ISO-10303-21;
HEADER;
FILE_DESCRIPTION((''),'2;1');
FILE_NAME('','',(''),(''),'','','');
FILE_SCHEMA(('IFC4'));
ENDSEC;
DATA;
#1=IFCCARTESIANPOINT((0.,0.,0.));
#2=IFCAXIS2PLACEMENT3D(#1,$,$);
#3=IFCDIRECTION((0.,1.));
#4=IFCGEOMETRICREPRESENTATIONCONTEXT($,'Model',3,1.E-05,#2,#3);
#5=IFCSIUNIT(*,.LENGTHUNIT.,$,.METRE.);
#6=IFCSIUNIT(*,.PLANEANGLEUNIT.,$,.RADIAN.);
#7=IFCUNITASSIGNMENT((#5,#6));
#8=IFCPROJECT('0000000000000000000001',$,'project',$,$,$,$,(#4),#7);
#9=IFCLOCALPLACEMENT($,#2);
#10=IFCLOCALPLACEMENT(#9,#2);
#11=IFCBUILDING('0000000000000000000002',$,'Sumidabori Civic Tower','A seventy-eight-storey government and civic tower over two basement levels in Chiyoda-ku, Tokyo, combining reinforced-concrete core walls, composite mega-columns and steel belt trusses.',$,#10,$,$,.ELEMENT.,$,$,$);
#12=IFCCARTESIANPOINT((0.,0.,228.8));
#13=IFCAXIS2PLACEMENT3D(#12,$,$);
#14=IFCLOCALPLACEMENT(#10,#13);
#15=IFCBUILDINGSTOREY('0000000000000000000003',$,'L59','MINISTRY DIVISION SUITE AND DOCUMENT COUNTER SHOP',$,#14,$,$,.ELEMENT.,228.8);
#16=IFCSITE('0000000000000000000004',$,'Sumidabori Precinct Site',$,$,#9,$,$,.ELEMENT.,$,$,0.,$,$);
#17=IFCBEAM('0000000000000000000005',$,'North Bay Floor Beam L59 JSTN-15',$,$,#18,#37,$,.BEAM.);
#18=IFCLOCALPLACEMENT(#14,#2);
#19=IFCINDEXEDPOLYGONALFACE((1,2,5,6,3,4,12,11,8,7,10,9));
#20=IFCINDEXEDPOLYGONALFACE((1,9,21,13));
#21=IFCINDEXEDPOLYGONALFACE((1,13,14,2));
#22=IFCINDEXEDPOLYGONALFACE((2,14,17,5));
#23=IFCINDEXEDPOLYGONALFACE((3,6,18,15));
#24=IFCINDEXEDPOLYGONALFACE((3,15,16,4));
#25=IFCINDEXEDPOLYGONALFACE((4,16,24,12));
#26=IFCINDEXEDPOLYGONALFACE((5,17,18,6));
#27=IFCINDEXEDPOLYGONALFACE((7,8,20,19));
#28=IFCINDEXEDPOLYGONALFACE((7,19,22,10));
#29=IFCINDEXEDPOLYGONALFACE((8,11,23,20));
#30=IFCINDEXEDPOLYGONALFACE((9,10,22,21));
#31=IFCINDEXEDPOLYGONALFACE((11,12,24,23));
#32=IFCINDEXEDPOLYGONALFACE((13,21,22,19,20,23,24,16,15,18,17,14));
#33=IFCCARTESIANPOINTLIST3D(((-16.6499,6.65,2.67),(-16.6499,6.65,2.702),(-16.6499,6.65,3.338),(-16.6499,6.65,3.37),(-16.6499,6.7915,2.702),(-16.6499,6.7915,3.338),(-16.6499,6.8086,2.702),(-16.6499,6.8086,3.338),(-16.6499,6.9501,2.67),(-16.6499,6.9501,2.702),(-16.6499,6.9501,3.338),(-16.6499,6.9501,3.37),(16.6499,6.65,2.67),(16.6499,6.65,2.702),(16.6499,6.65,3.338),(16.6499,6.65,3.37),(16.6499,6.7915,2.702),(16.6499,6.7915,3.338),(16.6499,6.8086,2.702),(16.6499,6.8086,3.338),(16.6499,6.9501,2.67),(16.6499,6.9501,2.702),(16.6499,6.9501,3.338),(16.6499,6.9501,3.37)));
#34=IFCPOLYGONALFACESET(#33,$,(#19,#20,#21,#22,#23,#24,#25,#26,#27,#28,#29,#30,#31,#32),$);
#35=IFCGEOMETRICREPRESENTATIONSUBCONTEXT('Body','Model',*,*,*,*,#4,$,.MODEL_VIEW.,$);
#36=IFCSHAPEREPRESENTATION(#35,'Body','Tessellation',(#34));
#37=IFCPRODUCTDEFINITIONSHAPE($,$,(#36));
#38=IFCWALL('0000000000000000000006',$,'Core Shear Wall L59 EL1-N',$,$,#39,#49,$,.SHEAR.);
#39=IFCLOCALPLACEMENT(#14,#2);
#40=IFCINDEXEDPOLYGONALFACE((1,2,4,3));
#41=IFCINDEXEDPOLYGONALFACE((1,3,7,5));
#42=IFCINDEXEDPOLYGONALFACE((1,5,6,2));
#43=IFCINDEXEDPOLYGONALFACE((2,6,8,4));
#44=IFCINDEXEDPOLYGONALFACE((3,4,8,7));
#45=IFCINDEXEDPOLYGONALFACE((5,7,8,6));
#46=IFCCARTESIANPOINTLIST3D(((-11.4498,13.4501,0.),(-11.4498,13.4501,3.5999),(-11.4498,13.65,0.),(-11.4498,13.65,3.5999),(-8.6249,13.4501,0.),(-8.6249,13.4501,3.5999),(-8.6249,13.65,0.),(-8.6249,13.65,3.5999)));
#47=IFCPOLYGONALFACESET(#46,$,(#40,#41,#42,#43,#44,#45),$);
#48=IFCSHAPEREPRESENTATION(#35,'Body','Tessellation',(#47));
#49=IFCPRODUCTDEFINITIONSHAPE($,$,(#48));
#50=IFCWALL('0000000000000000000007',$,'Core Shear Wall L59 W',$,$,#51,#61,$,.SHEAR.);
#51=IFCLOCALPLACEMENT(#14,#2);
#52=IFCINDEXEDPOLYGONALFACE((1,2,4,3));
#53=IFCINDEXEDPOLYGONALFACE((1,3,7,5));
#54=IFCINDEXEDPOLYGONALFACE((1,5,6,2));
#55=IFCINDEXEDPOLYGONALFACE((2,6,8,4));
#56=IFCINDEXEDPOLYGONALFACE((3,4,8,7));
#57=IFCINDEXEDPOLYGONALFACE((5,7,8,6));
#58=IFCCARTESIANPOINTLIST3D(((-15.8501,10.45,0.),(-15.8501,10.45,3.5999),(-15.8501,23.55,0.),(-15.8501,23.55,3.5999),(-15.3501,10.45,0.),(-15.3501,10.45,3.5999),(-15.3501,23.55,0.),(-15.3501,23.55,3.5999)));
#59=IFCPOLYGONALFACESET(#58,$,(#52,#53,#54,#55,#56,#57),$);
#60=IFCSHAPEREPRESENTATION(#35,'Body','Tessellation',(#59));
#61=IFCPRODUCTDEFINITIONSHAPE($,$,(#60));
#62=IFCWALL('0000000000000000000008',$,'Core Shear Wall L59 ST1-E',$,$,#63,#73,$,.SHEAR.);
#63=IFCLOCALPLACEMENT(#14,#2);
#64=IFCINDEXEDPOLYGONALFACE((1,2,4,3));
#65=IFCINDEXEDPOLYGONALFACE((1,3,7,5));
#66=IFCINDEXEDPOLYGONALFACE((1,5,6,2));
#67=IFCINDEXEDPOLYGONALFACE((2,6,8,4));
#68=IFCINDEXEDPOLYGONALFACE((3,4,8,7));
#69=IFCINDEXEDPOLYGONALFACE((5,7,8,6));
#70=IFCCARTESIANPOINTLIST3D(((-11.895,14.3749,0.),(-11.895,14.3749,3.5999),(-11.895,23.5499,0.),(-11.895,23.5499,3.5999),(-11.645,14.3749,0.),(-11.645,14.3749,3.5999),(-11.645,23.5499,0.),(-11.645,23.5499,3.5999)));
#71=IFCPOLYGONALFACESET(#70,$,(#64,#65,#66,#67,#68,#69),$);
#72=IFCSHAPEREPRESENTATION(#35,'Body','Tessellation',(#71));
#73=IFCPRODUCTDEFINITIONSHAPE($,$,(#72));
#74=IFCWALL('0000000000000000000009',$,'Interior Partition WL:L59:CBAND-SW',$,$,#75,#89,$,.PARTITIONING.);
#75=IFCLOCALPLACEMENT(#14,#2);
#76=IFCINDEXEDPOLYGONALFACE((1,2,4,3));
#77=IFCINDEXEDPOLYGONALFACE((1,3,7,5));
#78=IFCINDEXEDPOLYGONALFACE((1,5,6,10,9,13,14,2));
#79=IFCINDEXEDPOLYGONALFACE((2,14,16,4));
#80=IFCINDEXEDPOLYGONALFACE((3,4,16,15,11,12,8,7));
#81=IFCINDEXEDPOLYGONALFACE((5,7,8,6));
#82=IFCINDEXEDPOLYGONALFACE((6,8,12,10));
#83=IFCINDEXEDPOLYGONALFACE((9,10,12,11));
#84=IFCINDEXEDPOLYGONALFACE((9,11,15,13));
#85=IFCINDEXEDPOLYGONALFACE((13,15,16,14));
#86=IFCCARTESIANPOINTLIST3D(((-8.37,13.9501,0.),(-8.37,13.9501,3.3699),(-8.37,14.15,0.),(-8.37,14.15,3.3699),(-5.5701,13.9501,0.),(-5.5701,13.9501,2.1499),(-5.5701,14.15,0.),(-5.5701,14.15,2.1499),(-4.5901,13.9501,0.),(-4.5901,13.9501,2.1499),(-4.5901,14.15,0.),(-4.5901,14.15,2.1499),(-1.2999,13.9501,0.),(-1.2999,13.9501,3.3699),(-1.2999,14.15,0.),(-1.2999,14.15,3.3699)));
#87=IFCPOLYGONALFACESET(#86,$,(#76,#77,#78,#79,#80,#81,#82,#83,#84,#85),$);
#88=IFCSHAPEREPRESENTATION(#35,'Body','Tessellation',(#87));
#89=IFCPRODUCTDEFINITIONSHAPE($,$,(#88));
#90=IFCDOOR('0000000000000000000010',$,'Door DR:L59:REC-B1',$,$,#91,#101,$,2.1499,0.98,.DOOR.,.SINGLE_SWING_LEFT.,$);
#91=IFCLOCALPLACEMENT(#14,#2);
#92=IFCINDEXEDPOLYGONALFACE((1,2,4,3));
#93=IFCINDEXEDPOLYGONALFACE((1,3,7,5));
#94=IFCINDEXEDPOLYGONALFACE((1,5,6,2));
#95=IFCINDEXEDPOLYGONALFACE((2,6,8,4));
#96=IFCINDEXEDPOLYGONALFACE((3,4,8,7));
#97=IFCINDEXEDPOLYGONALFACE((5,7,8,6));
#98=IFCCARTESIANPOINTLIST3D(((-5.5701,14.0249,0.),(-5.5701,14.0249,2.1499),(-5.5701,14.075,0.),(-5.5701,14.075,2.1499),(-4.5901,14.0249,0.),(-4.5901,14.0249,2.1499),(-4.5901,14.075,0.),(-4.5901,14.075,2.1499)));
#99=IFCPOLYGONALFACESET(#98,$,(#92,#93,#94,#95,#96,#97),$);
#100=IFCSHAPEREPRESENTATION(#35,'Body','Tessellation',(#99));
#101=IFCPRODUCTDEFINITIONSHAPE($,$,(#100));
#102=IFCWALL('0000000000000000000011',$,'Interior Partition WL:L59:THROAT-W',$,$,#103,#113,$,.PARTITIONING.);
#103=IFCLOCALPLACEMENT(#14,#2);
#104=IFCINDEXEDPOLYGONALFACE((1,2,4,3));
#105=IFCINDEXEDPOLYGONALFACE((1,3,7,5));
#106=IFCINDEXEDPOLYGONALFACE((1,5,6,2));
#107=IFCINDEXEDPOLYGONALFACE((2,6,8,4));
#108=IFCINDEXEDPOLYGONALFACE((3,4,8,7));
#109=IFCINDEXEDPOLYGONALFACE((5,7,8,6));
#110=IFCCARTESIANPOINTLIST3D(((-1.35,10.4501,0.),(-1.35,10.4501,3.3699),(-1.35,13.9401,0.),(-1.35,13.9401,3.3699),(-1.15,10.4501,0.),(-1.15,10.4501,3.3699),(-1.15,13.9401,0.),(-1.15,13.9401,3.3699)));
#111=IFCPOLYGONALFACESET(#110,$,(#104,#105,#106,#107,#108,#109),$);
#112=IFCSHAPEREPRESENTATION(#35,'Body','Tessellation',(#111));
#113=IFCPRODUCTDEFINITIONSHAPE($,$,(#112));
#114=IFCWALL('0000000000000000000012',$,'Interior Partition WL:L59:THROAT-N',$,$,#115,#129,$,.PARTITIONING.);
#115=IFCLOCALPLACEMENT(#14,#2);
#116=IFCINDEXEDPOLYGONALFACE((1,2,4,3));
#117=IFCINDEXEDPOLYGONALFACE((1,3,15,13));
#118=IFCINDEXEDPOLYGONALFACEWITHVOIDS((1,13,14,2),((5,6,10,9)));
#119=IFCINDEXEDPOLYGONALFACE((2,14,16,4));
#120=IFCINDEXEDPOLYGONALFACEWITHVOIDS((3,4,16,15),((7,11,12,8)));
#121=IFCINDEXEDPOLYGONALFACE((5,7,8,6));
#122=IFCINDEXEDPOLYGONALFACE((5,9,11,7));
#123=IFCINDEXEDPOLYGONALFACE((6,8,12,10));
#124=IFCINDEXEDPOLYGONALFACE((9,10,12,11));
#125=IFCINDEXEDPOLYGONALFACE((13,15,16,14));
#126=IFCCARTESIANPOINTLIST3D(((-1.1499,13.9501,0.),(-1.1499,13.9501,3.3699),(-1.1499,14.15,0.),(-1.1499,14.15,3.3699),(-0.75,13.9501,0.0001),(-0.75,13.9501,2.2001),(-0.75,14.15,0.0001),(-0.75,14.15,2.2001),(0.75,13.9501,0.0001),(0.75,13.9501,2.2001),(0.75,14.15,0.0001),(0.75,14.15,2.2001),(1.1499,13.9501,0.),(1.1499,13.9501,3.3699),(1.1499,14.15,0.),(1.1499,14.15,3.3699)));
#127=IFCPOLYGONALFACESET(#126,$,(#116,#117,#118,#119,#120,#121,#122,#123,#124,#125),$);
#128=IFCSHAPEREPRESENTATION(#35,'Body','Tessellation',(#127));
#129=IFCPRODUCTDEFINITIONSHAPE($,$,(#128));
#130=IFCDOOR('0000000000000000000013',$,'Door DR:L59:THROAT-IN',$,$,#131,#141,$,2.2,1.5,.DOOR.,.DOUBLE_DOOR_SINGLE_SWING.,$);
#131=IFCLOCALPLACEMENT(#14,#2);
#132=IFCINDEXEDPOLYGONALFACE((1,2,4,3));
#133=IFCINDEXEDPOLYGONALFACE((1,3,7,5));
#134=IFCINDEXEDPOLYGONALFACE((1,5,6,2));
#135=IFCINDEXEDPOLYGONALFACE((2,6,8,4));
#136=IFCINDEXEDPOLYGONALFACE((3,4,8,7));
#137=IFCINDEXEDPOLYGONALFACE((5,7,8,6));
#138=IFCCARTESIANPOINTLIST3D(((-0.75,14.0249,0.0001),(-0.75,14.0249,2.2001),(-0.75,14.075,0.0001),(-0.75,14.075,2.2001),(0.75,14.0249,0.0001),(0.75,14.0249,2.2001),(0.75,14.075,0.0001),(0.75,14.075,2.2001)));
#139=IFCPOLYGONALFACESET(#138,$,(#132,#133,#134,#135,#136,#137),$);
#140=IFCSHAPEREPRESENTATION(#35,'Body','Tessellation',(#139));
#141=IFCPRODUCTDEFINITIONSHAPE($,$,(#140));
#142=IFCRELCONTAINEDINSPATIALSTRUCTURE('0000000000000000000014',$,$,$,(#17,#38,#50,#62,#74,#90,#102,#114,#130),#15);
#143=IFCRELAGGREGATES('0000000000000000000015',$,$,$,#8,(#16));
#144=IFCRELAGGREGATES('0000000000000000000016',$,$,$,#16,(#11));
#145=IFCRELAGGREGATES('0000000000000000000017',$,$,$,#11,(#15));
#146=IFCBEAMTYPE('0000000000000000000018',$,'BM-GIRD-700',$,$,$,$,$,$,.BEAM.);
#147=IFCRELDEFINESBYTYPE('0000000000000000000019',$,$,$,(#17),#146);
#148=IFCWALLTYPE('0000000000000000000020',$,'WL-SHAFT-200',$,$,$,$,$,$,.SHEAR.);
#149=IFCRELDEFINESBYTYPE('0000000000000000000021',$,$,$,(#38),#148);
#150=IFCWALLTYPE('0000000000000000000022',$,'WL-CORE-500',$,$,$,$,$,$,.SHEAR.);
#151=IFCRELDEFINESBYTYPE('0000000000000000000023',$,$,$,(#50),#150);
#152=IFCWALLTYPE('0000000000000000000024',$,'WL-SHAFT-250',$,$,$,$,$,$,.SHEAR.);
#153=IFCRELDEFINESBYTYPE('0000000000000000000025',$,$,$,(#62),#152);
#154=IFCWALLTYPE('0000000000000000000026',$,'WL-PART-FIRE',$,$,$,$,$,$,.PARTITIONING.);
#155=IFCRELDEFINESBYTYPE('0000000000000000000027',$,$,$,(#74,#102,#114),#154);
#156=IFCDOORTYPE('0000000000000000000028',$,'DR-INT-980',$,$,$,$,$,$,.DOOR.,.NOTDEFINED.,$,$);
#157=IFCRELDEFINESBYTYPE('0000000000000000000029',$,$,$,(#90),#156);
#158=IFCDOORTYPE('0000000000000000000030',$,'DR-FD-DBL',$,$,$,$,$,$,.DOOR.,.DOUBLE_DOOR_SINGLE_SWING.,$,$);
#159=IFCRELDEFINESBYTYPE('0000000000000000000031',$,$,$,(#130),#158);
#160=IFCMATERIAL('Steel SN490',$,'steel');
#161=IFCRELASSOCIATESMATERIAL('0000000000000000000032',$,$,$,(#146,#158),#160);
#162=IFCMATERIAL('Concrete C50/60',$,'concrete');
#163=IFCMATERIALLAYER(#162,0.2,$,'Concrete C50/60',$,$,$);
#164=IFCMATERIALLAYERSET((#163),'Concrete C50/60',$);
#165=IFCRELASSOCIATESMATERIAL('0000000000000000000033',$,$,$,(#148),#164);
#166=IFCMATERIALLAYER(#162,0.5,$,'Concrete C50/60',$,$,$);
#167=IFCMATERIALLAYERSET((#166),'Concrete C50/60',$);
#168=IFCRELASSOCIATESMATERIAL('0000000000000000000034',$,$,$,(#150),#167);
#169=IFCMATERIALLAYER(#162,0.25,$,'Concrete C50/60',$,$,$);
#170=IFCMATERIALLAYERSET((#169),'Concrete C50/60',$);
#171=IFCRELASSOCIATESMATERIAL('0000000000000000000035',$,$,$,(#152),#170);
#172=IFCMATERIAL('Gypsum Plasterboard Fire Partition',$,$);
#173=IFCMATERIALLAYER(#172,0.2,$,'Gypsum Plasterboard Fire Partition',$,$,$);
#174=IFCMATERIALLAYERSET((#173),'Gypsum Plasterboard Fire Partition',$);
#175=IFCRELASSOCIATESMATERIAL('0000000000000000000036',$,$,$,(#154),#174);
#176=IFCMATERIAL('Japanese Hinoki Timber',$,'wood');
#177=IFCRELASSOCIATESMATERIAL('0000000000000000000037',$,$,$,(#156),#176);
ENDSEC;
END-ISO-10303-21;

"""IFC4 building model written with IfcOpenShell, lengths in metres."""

from ifc_helpers import new_model, si_unit, direction, frame, frame_2d, origin, origin_2d, place, context, subcontext, project, spatial, rectangle, i_section, extrude, source, transform, mapped, material, layer, layer_set, material_profile, profile_set, type_object, element, fill, save


model = new_model("IFC4")

# Units and contexts
model_context = context("Model", 3, precision=1e-05, world=origin(), true_north=direction((0.0, 1.0)))
body_context = subcontext(model_context, "Body", "Model", "MODEL_VIEW")
ifc_project = project(units=[si_unit("LENGTHUNIT", "METRE"), si_unit("PLANEANGLEUNIT", "RADIAN")], contexts=[model_context])

# Site, building, storey
site_placement = place(None, origin())
site = spatial("IfcSite", under=ifc_project, at=site_placement, Name="Sumidabori Precinct Site", CompositionType="ELEMENT", RefElevation=0.0)
building_placement = place(site_placement, origin())
building = spatial("IfcBuilding", under=site, at=building_placement, Name="Sumidabori Civic Tower", Description="A seventy-eight-storey government and civic tower over two basement levels in Chiyoda-ku, Tokyo, combining reinforced-concrete core walls, composite mega-columns and steel belt trusses.", CompositionType="ELEMENT")
storey_placement = place(building_placement, frame((0.0, 0.0, 228.8)))
storey = spatial("IfcBuildingStorey", under=building, at=storey_placement, Name="L59", Description="MINISTRY DIVISION SUITE AND DOCUMENT COUNTER SHOP", CompositionType="ELEMENT", Elevation=228.8)

# Beam
ifc_material_1 = material(Name="Steel SN490", Category="steel")
ifc_material_profile = material_profile(ifc_material_1, i_section(OverallWidth=0.3, OverallDepth=0.7, WebThickness=0.0171, FlangeThickness=0.032, at=origin_2d()), Name="HE 700 B")
ifc_profile_set = profile_set([ifc_material_profile], Name="Steel SN490")
beam_type = type_object("IfcBeamType", Name="BM-GIRD-700", PredefinedType="BEAM", material=ifc_profile_set)
shared_shape_1 = source(origin(), body_context, "Body", "SweptSolid", [
    extrude(i_section(OverallWidth=0.3, OverallDepth=0.7, WebThickness=0.0171, FlangeThickness=0.032, at=origin_2d()), origin(), (0.0, 0.0, 1.0), 33.2998),
])
beam_placement = place(storey_placement, frame((-16.6499, 6.8, 3.02), z_axis=(1.0, 0.0, 0.0), x_axis=(0.0, 1.0, 0.0)))
element("IfcBeam", 1, at=beam_placement, inside=storey, type_object=beam_type, Name="North Bay Floor Beam L59 JSTN-15", PredefinedType="BEAM", context=body_context, shape_type="MappedRepresentation", body=[
    mapped(shared_shape_1, transform((0.0, 0.0, 0.0), x_axis=(1.0, 0.0, 0.0), y_axis=(0.0, 1.0, 0.0), z_axis=(0.0, 0.0, 1.0), scale=1.0)),
])

# Wall
ifc_material_2 = material(Name="Concrete C50/60", Category="concrete")
ifc_layer_1 = layer(ifc_material_2, 0.2, Name="Concrete C50/60")
ifc_layer_set_1 = layer_set([ifc_layer_1], Name="Concrete C50/60")
wall_type_1 = type_object("IfcWallType", Name="WL-SHAFT-200", PredefinedType="SHEAR", material=ifc_layer_set_1)
shared_shape_2 = source(origin(), body_context, "Body", "SweptSolid", [
    extrude(rectangle(XDim=2.825, YDim=0.2, at=frame_2d((1.4126, 0.0))), origin(), (0.0, 0.0, 1.0), 3.5999),
])
wall_1_placement = place(storey_placement, frame((-11.45, 13.55, 0.0), z_axis=(0.0, 0.0, 1.0), x_axis=(1.0, 0.0, 0.0)))
element("IfcWall", 2, at=wall_1_placement, inside=storey, type_object=wall_type_1, Name="Core Shear Wall L59 EL1-N", PredefinedType="SHEAR", context=body_context, shape_type="MappedRepresentation", body=[
    mapped(shared_shape_2, transform((0.0, 0.0, 0.0), x_axis=(1.0, 0.0, 0.0), y_axis=(0.0, 1.0, 0.0), z_axis=(0.0, 0.0, 1.0), scale=1.0)),
])

# Shared definitions
ifc_layer_2 = layer(ifc_material_2, 0.5, Name="Concrete C50/60")
ifc_layer_set_2 = layer_set([ifc_layer_2], Name="Concrete C50/60")
wall_type_2 = type_object("IfcWallType", Name="WL-CORE-500", PredefinedType="SHEAR", material=ifc_layer_set_2)
door_type_1 = type_object("IfcDoorType", Name="DR-FD-DBL", OperationType="DOUBLE_DOOR_SINGLE_SWING", PredefinedType="DOOR", material=ifc_material_1)
shared_shape_3 = source(origin(), body_context, "Body", "SweptSolid", [
    extrude(rectangle(XDim=1.5, YDim=2.2, at=frame_2d((0.75, 1.1001))), frame((0.0, 0.0249, 0.0), z_axis=(0.0, -1.0, 0.0), x_axis=(1.0, 0.0, 0.0)), (0.0, 0.0, 1.0), 0.05),
])

# Wall
shared_shape_4 = source(origin(), body_context, "Body", "SweptSolid", [
    extrude(rectangle(XDim=13.1001, YDim=0.5, at=frame_2d((6.55, 0.0))), origin(), (0.0, 0.0, 1.0), 3.5999),
])
wall_2_placement = place(storey_placement, frame((-15.6001, 10.45, 0.0), z_axis=(0.0, 0.0, 1.0), x_axis=(0.0, 1.0, 0.0)))
element("IfcWall", 3, at=wall_2_placement, inside=storey, type_object=wall_type_2, Name="Core Shear Wall L59 W", PredefinedType="SHEAR", context=body_context, shape_type="MappedRepresentation", body=[
    mapped(shared_shape_4, transform((0.0, 0.0, 0.0), x_axis=(1.0, 0.0, 0.0), y_axis=(0.0, 1.0, 0.0), z_axis=(0.0, 0.0, 1.0), scale=1.0)),
])

# Shared definitions
ifc_layer_3 = layer(ifc_material_2, 0.25, Name="Concrete C50/60")
ifc_layer_set_3 = layer_set([ifc_layer_3], Name="Concrete C50/60")
wall_type_3 = type_object("IfcWallType", Name="WL-SHAFT-250", PredefinedType="SHEAR", material=ifc_layer_set_3)

# Wall
shared_shape_5 = source(origin(), body_context, "Body", "SweptSolid", [
    extrude(rectangle(XDim=9.175, YDim=0.25, at=frame_2d((4.5874, 0.0))), origin(), (0.0, 0.0, 1.0), 3.5999),
])
wall_3_placement = place(storey_placement, frame((-11.77, 14.375, 0.0), z_axis=(0.0, 0.0, 1.0), x_axis=(0.0, 1.0, 0.0)))
element("IfcWall", 4, at=wall_3_placement, inside=storey, type_object=wall_type_3, Name="Core Shear Wall L59 ST1-E", PredefinedType="SHEAR", context=body_context, shape_type="MappedRepresentation", body=[
    mapped(shared_shape_5, transform((0.0, 0.0, 0.0), x_axis=(1.0, 0.0, 0.0), y_axis=(0.0, 1.0, 0.0), z_axis=(0.0, 0.0, 1.0), scale=1.0)),
])

# Wall, opening, door
ifc_material_3 = material(Name="Gypsum Plasterboard Fire Partition")
ifc_layer_4 = layer(ifc_material_3, 0.2, Name="Gypsum Plasterboard Fire Partition")
ifc_layer_set_4 = layer_set([ifc_layer_4], Name="Gypsum Plasterboard Fire Partition")
wall_type_4 = type_object("IfcWallType", Name="WL-PART-FIRE", PredefinedType="PARTITIONING", material=ifc_layer_set_4)
shared_shape_6 = source(origin(), body_context, "Body", "SweptSolid", [
    extrude(rectangle(XDim=7.0701, YDim=0.2, at=frame_2d((3.5352, 0.0))), origin(), (0.0, 0.0, 1.0), 3.3699),
])
wall_4_placement = place(storey_placement, frame((-8.3701, 14.05, 0.0), z_axis=(0.0, 0.0, 1.0), x_axis=(1.0, 0.0, 0.0)))
wall_4 = element("IfcWall", 5, at=wall_4_placement, inside=storey, type_object=wall_type_4, Name="Interior Partition WL:L59:CBAND-SW", PredefinedType="PARTITIONING", context=body_context, shape_type="MappedRepresentation", body=[
    mapped(shared_shape_6, transform((0.0, 0.0, 0.0), x_axis=(1.0, 0.0, 0.0), y_axis=(0.0, 1.0, 0.0), z_axis=(0.0, 0.0, 1.0), scale=1.0)),
])
opening_1_placement = place(wall_4_placement, frame((2.8, 0.0, 0.0)))
opening_1 = element("IfcOpeningElement", 6, at=opening_1_placement, cuts=wall_4, PredefinedType="OPENING", context=body_context, shape_type="SweptSolid", body=[
    extrude(rectangle(XDim=0.98, YDim=2.1499, at=frame_2d((0.49, 1.075))), frame((0.0, 0.1118, 0.0), z_axis=(0.0, -1.0, 0.0), x_axis=(1.0, 0.0, 0.0)), (0.0, 0.0, 1.0), 0.2239),
])
ifc_material_4 = material(Name="Japanese Hinoki Timber", Category="wood")
door_type_2 = type_object("IfcDoorType", Name="DR-INT-980", OperationType="NOTDEFINED", PredefinedType="DOOR", material=ifc_material_4)
shared_shape_7 = source(origin(), body_context, "Body", "SweptSolid", [
    extrude(rectangle(XDim=0.98, YDim=2.1499, at=frame_2d((0.49, 1.075))), frame((0.0, 0.0249, 0.0), z_axis=(0.0, -1.0, 0.0), x_axis=(1.0, 0.0, 0.0)), (0.0, 0.0, 1.0), 0.05),
])
door_1_placement = place(opening_1_placement, origin())
door_1 = element("IfcDoor", 7, at=door_1_placement, inside=storey, type_object=door_type_2, Name="Door DR:L59:REC-B1", OperationType="SINGLE_SWING_LEFT", OverallHeight=2.1499, OverallWidth=0.98, PredefinedType="DOOR", context=body_context, shape_type="MappedRepresentation", body=[
    mapped(shared_shape_7, transform((0.0, 0.0, 0.0), x_axis=(1.0, 0.0, 0.0), y_axis=(0.0, 1.0, 0.0), z_axis=(0.0, 0.0, 1.0), scale=1.0)),
])
fill(opening_1, door_1)

# Wall
shared_shape_8 = source(origin(), body_context, "Body", "SweptSolid", [
    extrude(rectangle(XDim=3.49, YDim=0.2, at=frame_2d((1.7451, 0.0))), origin(), (0.0, 0.0, 1.0), 3.3699),
])
wall_5_placement = place(storey_placement, frame((-1.25, 10.45, 0.0), z_axis=(0.0, 0.0, 1.0), x_axis=(0.0, 1.0, 0.0)))
element("IfcWall", 8, at=wall_5_placement, inside=storey, type_object=wall_type_4, Name="Interior Partition WL:L59:THROAT-W", PredefinedType="PARTITIONING", context=body_context, shape_type="MappedRepresentation", body=[
    mapped(shared_shape_8, transform((0.0, 0.0, 0.0), x_axis=(1.0, 0.0, 0.0), y_axis=(0.0, 1.0, 0.0), z_axis=(0.0, 0.0, 1.0), scale=1.0)),
])

# Wall, opening, door
shared_shape_9 = source(origin(), body_context, "Body", "SweptSolid", [
    extrude(rectangle(XDim=2.2998, YDim=0.2, at=frame_2d((1.1499, 0.0))), origin(), (0.0, 0.0, 1.0), 3.3699),
])
wall_6_placement = place(storey_placement, frame((-1.1499, 14.05, 0.0), z_axis=(0.0, 0.0, 1.0), x_axis=(1.0, 0.0, 0.0)))
wall_6 = element("IfcWall", 9, at=wall_6_placement, inside=storey, type_object=wall_type_4, Name="Interior Partition WL:L59:THROAT-N", PredefinedType="PARTITIONING", context=body_context, shape_type="MappedRepresentation", body=[
    mapped(shared_shape_9, transform((0.0, 0.0, 0.0), x_axis=(1.0, 0.0, 0.0), y_axis=(0.0, 1.0, 0.0), z_axis=(0.0, 0.0, 1.0), scale=1.0)),
])
opening_2_placement = place(wall_6_placement, frame((0.3999, 0.0, 0.0)))
opening_2 = element("IfcOpeningElement", 10, at=opening_2_placement, cuts=wall_6, PredefinedType="OPENING", context=body_context, shape_type="SweptSolid", body=[
    extrude(rectangle(XDim=1.5, YDim=2.2, at=frame_2d((0.75, 1.1001))), frame((0.0, 0.1118, 0.0), z_axis=(0.0, -1.0, 0.0), x_axis=(1.0, 0.0, 0.0)), (0.0, 0.0, 1.0), 0.2239),
])
door_2_placement = place(opening_2_placement, origin())
door_2 = element("IfcDoor", 11, at=door_2_placement, inside=storey, type_object=door_type_1, Name="Door DR:L59:THROAT-IN", OperationType="DOUBLE_DOOR_SINGLE_SWING", OverallHeight=2.2, OverallWidth=1.5, PredefinedType="DOOR", context=body_context, shape_type="MappedRepresentation", body=[
    mapped(shared_shape_3, transform((0.0, 0.0, 0.0), x_axis=(1.0, 0.0, 0.0), y_axis=(0.0, 1.0, 0.0), z_axis=(0.0, 0.0, 1.0), scale=1.0)),
])
fill(opening_2, door_2)

save(model, "model.ifc")
